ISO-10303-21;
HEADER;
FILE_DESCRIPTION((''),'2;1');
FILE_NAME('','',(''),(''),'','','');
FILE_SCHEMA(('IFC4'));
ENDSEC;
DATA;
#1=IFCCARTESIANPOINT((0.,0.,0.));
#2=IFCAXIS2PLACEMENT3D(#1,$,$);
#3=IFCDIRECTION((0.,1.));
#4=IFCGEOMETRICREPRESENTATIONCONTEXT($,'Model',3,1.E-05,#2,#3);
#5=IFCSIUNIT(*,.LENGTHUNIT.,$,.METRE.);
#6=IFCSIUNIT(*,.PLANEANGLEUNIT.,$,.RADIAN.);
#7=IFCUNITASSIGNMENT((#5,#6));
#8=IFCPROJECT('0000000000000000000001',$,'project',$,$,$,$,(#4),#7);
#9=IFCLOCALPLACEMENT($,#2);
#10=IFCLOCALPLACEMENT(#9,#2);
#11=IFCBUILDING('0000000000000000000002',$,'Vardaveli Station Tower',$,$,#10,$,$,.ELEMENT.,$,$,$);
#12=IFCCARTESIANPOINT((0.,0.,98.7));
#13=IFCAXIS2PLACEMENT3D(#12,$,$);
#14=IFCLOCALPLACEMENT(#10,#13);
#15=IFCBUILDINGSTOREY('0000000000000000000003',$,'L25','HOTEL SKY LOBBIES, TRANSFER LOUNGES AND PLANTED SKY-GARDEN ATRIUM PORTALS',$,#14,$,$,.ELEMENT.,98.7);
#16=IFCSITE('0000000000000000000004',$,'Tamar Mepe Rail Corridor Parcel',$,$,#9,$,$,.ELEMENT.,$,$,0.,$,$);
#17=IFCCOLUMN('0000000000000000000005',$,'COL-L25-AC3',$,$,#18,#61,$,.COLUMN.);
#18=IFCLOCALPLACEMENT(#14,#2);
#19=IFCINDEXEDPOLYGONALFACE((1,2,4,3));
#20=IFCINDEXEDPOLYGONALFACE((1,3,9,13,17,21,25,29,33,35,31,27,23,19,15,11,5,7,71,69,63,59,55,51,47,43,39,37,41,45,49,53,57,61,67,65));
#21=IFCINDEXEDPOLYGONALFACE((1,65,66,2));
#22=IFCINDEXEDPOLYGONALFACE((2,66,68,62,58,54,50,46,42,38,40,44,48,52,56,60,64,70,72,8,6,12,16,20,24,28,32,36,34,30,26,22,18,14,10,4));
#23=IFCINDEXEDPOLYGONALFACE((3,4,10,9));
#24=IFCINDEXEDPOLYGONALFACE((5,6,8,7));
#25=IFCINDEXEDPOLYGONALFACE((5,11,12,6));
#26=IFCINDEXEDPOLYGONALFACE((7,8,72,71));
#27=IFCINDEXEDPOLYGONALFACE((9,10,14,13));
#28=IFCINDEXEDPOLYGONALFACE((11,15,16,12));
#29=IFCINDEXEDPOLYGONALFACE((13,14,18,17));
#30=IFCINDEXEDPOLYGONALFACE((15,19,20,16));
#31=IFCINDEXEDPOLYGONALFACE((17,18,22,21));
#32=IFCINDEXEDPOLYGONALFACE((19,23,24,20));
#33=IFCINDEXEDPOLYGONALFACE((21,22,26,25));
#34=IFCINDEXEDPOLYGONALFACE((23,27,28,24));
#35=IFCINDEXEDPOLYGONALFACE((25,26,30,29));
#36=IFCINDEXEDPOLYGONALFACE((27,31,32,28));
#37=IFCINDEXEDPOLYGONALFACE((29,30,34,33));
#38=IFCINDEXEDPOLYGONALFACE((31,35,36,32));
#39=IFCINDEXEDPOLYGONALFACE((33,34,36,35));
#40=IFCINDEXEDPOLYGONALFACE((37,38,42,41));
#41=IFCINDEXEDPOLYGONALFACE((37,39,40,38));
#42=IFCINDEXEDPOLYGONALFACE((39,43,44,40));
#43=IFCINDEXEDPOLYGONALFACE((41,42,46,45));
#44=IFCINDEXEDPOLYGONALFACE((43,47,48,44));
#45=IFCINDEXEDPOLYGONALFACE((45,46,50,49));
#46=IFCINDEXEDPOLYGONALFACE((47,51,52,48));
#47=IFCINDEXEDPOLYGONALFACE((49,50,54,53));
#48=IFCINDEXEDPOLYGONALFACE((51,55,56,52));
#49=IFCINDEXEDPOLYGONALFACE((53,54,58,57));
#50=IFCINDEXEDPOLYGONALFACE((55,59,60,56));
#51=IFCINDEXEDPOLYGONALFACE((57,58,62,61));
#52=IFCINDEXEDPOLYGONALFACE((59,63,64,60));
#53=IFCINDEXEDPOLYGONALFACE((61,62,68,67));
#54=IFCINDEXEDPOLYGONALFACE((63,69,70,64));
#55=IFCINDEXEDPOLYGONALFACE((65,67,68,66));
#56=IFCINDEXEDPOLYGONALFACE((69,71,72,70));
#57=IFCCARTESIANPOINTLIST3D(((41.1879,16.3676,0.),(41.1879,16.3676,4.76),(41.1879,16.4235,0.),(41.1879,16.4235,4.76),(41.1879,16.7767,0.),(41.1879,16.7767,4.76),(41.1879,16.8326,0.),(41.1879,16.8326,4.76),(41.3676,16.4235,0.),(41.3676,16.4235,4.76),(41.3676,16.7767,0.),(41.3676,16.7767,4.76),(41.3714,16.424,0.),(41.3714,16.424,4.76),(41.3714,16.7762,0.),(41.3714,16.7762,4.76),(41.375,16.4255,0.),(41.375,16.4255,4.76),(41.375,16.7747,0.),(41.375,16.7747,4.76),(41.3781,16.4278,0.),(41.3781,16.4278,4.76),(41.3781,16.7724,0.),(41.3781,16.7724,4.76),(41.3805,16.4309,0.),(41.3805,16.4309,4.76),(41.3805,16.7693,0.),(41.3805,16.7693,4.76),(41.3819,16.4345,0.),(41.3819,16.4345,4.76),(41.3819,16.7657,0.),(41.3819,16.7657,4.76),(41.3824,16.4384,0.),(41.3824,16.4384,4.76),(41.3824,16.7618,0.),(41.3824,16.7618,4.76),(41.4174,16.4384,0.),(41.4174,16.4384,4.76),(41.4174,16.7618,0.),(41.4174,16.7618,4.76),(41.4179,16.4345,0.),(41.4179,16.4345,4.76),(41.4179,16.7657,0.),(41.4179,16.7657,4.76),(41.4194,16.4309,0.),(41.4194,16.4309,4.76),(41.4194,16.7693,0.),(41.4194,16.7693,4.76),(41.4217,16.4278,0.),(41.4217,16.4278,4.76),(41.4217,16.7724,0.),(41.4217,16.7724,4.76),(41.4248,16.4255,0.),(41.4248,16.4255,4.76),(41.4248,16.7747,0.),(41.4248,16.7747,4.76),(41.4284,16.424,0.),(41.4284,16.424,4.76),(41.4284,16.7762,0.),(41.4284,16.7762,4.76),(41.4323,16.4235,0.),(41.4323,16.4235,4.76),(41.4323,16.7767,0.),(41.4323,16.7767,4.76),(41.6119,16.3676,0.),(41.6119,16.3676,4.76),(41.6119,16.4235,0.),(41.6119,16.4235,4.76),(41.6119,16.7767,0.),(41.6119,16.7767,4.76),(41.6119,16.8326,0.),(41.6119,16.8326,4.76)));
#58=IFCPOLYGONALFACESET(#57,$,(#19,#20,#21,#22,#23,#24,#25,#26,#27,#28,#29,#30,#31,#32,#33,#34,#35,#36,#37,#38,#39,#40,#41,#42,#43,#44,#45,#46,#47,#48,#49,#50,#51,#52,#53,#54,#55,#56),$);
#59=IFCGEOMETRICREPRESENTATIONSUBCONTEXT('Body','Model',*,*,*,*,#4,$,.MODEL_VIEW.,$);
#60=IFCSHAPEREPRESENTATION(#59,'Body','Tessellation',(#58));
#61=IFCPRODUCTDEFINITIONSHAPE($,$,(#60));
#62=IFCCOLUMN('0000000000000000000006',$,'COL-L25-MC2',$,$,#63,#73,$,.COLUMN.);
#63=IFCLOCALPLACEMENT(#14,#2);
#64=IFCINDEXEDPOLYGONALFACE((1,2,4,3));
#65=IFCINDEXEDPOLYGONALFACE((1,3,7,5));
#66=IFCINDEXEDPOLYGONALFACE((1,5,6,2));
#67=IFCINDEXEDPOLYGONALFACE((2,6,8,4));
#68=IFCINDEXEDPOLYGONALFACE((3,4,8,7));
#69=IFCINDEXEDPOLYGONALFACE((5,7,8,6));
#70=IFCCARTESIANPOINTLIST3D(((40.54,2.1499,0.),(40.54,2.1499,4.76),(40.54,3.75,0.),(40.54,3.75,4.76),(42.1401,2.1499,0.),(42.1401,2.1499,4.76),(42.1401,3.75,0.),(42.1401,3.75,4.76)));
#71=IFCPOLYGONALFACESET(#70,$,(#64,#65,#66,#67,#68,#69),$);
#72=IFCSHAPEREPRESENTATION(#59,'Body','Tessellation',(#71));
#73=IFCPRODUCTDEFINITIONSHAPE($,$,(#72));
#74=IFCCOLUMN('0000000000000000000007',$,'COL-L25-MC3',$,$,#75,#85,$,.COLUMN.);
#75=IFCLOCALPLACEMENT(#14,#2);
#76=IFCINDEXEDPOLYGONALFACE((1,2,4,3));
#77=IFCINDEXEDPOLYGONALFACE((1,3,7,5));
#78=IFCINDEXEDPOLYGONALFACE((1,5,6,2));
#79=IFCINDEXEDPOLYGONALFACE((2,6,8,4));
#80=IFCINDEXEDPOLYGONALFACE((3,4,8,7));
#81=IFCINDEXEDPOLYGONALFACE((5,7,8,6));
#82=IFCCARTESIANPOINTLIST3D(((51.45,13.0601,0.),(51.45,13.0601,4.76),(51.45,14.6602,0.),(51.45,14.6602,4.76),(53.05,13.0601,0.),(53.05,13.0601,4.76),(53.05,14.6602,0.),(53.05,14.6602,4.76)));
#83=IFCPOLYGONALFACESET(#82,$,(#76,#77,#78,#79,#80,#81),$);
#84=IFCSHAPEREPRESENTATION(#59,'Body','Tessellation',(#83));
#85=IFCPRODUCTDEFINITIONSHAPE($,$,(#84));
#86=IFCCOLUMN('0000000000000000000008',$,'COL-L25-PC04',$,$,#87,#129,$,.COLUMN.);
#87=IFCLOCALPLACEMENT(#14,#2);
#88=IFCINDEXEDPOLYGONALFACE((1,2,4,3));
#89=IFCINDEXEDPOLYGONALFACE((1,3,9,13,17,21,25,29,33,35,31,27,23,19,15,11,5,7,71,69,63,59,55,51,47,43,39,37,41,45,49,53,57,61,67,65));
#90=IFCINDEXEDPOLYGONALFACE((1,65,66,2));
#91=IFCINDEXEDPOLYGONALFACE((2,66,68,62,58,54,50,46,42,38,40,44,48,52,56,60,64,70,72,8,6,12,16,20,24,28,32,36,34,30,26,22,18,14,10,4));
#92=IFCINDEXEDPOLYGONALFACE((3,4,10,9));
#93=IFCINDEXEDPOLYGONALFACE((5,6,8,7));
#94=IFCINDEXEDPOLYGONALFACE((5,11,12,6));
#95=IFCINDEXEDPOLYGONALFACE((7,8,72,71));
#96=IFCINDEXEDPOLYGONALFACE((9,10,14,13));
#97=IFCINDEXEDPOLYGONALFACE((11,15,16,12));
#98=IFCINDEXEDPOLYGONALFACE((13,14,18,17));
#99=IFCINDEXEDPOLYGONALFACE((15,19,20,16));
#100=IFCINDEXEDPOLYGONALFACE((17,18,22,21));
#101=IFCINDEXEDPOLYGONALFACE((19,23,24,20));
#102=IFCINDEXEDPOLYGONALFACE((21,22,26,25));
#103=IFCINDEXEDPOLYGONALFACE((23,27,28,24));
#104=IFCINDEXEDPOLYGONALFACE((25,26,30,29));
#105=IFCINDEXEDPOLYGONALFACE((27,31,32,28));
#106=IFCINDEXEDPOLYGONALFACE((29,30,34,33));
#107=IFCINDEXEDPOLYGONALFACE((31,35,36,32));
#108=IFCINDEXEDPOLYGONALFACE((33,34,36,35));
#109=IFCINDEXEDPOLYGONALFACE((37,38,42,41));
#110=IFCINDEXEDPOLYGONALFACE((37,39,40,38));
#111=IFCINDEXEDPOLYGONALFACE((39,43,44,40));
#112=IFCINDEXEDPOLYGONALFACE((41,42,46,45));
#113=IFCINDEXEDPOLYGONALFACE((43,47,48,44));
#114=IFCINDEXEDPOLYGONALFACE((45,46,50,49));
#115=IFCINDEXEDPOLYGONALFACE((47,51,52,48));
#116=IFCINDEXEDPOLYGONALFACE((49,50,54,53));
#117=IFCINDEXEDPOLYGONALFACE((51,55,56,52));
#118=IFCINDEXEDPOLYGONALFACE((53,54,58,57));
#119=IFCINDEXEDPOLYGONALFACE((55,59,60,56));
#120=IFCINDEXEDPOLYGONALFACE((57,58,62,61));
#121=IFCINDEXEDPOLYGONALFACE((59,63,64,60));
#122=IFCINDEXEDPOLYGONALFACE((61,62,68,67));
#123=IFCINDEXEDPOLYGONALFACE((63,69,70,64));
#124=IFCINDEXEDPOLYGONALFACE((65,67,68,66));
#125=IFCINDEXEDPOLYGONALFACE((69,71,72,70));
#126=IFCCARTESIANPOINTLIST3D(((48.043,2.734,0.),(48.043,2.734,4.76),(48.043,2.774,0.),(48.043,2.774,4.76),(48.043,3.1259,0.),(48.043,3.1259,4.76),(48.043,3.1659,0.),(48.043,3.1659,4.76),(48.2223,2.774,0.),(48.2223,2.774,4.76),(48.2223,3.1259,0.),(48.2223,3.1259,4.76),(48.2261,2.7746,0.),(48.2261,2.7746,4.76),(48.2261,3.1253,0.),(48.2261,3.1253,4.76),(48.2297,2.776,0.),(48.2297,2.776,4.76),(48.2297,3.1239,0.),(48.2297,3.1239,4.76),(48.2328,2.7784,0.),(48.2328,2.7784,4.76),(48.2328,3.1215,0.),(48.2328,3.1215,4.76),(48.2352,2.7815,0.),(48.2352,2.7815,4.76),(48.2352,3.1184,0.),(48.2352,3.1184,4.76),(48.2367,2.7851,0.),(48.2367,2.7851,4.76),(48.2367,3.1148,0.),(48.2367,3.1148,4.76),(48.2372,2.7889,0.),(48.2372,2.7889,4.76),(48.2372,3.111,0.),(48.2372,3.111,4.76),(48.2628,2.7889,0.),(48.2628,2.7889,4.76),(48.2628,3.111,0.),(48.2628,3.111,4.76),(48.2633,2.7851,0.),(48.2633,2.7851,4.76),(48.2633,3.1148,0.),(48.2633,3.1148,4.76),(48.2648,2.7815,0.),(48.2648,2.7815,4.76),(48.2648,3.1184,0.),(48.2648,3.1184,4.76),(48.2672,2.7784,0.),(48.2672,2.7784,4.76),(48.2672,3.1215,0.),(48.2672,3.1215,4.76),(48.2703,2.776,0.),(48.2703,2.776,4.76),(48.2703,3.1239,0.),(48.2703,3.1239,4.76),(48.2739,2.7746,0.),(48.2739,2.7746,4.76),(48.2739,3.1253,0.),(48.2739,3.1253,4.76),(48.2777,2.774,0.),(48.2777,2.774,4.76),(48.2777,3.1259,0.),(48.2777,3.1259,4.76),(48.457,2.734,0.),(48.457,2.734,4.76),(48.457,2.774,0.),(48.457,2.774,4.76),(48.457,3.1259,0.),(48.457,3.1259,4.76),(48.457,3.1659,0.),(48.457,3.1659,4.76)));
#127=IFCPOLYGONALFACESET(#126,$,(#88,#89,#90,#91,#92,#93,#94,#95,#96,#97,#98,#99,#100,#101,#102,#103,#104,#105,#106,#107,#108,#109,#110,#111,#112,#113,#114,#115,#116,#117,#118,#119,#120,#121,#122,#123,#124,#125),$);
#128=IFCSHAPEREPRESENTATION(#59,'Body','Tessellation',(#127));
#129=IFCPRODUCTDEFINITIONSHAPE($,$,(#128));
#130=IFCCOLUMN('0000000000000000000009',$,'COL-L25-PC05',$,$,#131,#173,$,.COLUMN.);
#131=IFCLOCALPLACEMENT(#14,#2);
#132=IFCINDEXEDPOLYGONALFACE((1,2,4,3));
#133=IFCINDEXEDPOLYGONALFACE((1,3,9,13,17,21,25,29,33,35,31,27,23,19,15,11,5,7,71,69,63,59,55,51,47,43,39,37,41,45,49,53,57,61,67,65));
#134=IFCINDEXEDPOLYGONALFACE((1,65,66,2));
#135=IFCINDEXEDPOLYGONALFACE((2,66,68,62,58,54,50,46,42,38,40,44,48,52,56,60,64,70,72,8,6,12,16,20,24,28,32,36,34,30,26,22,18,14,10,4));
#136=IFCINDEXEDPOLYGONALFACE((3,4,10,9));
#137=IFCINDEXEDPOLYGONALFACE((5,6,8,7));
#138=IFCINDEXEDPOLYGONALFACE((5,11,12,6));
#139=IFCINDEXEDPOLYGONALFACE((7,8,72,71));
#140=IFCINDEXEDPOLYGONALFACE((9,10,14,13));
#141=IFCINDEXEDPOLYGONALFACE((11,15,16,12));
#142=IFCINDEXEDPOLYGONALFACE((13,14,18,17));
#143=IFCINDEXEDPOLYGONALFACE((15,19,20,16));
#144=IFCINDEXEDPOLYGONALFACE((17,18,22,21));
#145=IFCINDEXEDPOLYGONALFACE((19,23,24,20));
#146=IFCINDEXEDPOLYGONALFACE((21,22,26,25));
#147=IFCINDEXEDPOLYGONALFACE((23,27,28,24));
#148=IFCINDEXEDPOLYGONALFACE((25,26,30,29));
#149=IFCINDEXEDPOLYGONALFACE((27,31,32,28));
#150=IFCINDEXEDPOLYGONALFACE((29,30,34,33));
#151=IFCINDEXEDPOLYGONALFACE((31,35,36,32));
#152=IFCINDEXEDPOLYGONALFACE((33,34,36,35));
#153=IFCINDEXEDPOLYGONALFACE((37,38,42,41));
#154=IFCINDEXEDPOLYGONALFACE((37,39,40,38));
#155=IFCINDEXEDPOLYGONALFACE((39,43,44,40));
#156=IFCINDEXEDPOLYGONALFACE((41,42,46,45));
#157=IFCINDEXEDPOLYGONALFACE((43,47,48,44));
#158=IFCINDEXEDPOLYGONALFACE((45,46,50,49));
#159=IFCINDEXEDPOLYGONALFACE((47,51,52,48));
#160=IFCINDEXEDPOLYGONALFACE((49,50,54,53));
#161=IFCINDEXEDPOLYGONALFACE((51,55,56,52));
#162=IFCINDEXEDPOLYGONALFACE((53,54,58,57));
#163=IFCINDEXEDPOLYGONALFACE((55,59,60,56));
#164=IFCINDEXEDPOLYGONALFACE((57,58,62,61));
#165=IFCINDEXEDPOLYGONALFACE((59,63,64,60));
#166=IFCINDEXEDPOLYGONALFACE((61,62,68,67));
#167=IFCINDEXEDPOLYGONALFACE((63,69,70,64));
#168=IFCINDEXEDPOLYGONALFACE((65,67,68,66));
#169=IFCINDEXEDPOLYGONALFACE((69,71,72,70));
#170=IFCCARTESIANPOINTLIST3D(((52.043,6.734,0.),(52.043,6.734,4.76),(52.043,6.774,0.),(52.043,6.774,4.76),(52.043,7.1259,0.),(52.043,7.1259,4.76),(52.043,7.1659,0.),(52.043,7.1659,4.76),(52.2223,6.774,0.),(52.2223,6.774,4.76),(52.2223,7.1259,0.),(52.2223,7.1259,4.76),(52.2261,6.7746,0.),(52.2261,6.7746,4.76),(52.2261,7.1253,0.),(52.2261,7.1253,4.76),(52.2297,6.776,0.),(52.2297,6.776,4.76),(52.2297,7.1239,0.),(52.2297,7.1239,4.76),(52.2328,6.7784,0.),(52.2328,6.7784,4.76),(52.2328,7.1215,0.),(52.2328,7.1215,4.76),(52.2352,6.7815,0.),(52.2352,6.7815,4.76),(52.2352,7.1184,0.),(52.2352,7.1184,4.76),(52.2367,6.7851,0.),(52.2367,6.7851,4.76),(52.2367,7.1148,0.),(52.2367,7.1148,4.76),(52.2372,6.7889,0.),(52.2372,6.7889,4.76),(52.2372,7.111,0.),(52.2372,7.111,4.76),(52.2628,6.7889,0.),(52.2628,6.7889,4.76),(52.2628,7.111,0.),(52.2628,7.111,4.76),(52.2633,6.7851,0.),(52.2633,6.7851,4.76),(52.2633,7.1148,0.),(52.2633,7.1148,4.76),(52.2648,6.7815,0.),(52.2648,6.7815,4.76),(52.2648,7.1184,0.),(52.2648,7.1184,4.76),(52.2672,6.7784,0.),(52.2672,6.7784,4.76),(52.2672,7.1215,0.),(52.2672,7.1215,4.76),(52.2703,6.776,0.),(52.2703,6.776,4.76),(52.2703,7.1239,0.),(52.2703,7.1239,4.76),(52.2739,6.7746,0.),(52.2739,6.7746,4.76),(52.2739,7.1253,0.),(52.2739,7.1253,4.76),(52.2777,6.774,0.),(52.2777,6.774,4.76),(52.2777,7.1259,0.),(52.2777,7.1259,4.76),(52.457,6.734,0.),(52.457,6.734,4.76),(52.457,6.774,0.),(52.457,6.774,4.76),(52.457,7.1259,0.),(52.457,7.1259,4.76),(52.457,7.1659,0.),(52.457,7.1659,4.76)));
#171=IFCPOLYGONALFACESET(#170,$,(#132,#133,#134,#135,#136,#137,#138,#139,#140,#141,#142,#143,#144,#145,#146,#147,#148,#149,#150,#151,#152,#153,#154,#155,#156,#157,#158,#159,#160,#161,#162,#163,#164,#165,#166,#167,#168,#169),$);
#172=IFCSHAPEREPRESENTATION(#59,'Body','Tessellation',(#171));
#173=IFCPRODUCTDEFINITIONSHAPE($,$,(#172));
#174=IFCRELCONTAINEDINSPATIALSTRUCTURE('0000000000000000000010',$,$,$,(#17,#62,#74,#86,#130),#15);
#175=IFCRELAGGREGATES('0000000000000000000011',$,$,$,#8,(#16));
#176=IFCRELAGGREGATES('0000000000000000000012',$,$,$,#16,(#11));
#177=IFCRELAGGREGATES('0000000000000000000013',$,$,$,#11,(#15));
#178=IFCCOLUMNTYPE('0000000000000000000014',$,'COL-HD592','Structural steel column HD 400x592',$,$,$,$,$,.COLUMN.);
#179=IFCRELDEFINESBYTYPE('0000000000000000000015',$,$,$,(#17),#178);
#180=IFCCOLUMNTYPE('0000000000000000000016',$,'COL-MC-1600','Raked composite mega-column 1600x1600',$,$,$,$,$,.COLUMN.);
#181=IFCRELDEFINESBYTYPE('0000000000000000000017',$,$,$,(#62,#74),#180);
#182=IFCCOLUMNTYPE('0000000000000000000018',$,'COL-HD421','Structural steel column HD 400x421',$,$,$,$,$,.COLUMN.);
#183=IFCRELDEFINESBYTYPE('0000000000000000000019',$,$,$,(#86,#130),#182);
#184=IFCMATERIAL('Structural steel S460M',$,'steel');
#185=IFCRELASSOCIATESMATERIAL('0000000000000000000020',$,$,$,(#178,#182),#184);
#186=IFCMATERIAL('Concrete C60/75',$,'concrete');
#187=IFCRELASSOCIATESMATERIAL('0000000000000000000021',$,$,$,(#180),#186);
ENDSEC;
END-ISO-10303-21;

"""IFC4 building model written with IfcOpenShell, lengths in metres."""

from ifc_helpers import new_model, si_unit, direction, frame, origin, origin_2d, place, context, subcontext, project, spatial, rectangle, i_section, extrude, source, transform, mapped, material, material_profile, profile_set, type_object, element, save


model = new_model("IFC4")

# Units and contexts
model_context = context("Model", 3, precision=1e-05, world=origin(), true_north=direction((0.0, 1.0)))
body_context = subcontext(model_context, "Body", "Model", "MODEL_VIEW")
ifc_project = project(units=[si_unit("LENGTHUNIT", "METRE"), si_unit("PLANEANGLEUNIT", "RADIAN")], contexts=[model_context])

# Site, building, storey
site_placement = place(None, origin())
site = spatial("IfcSite", under=ifc_project, at=site_placement, Name="Tamar Mepe Rail Corridor Parcel", CompositionType="ELEMENT", RefElevation=0.0)
building_placement = place(site_placement, origin())
building = spatial("IfcBuilding", under=site, at=building_placement, Name="Vardaveli Station Tower", CompositionType="ELEMENT")
storey_placement = place(building_placement, frame((0.0, 0.0, 98.7)))
storey = spatial("IfcBuildingStorey", under=building, at=storey_placement, Name="L25", Description="HOTEL SKY LOBBIES, TRANSFER LOUNGES AND PLANTED SKY-GARDEN ATRIUM PORTALS", CompositionType="ELEMENT", Elevation=98.7)

# Columns
ifc_material_1 = material(Name="Structural steel S460M", Category="steel")
ifc_material_profile_1 = material_profile(ifc_material_1, i_section(OverallWidth=0.4241, OverallDepth=0.4651, WebThickness=0.0349, FlangeThickness=0.0559, FilletRadius=0.0149, at=origin_2d()), Name="HD 400x592")
ifc_profile_set_1 = profile_set([ifc_material_profile_1], Name="Structural steel S460M")
column_type_1 = type_object("IfcColumnType", Name="COL-HD592", Description="Structural steel column HD 400x592", PredefinedType="COLUMN", material=ifc_profile_set_1)
shared_shape_1 = source(origin(), body_context, "Body", "SweptSolid", [
    extrude(i_section(OverallWidth=0.4241, OverallDepth=0.4651, WebThickness=0.0349, FlangeThickness=0.0559, FilletRadius=0.0149, at=origin_2d()), origin(), (0.0, 0.0, 1.0), 4.76),
])
column_placement = place(storey_placement, frame((41.3999, 16.6001, 0.0), z_axis=(0.0, 0.0, 1.0), x_axis=(1.0, 0.0, 0.0)))
element("IfcColumn", 1, at=column_placement, inside=storey, type_object=column_type_1, Name="COL-L25-AC3", PredefinedType="COLUMN", context=body_context, shape_type="MappedRepresentation", body=[
    mapped(shared_shape_1, transform((0.0, 0.0, 0.0), scale=1.0)),
])
ifc_material_2 = material(Name="Concrete C60/75", Category="concrete")
ifc_material_profile_2 = material_profile(ifc_material_2, rectangle(XDim=1.6001, YDim=1.6001, at=origin_2d()), Name="MC 1600x1600")
ifc_profile_set_2 = profile_set([ifc_material_profile_2], Name="Concrete C60/75")
column_type_2 = type_object("IfcColumnType", Name="COL-MC-1600", Description="Raked composite mega-column 1600x1600", PredefinedType="COLUMN", material=ifc_profile_set_2)
shared_shape_2 = source(origin(), body_context, "Body", "SweptSolid", [
    extrude(rectangle(XDim=1.6001, YDim=1.6001, at=origin_2d()), origin(), (0.0, 0.0, 1.0), 4.76),
])
for number, where, z_axis, x_axis, name in (
    (2, (41.3401, 2.95, 0.0), (0.0, 0.0, 1.0), (1.0, 0.0, 0.0), "COL-L25-MC2"),
    (3, (52.25, 13.8601, 0.0), (0.0, 0.0, 1.0), (1.0, 0.0, 0.0), "COL-L25-MC3"),
):
    element("IfcColumn", number, at=place(storey_placement, frame(where, z_axis=z_axis, x_axis=x_axis)), inside=storey, type_object=column_type_2, Name=name, PredefinedType="COLUMN", context=body_context, shape_type="MappedRepresentation", body=[
        mapped(shared_shape_2, transform((0.0, 0.0, 0.0), scale=1.0)),
    ])
ifc_material_profile_3 = material_profile(ifc_material_1, i_section(OverallWidth=0.4141, OverallDepth=0.4319, WebThickness=0.0256, FlangeThickness=0.04, FilletRadius=0.0149, at=origin_2d()), Name="HD 400x421")
ifc_profile_set_3 = profile_set([ifc_material_profile_3], Name="Structural steel S460M")
column_type_3 = type_object("IfcColumnType", Name="COL-HD421", Description="Structural steel column HD 400x421", PredefinedType="COLUMN", material=ifc_profile_set_3)
shared_shape_3 = source(origin(), body_context, "Body", "SweptSolid", [
    extrude(i_section(OverallWidth=0.4141, OverallDepth=0.4319, WebThickness=0.0256, FlangeThickness=0.04, FilletRadius=0.0149, at=origin_2d()), origin(), (0.0, 0.0, 1.0), 4.76),
])
for number, where, z_axis, x_axis, name in (
    (4, (48.25, 2.95, 0.0), (0.0, 0.0, 1.0), (1.0, 0.0, 0.0), "COL-L25-PC04"),
    (5, (52.25, 6.95, 0.0), (0.0, 0.0, 1.0), (1.0, 0.0, 0.0), "COL-L25-PC05"),
):
    element("IfcColumn", number, at=place(storey_placement, frame(where, z_axis=z_axis, x_axis=x_axis)), inside=storey, type_object=column_type_3, Name=name, PredefinedType="COLUMN", context=body_context, shape_type="MappedRepresentation", body=[
        mapped(shared_shape_3, transform((0.0, 0.0, 0.0), scale=1.0)),
    ])

save(model, "model.ifc")
